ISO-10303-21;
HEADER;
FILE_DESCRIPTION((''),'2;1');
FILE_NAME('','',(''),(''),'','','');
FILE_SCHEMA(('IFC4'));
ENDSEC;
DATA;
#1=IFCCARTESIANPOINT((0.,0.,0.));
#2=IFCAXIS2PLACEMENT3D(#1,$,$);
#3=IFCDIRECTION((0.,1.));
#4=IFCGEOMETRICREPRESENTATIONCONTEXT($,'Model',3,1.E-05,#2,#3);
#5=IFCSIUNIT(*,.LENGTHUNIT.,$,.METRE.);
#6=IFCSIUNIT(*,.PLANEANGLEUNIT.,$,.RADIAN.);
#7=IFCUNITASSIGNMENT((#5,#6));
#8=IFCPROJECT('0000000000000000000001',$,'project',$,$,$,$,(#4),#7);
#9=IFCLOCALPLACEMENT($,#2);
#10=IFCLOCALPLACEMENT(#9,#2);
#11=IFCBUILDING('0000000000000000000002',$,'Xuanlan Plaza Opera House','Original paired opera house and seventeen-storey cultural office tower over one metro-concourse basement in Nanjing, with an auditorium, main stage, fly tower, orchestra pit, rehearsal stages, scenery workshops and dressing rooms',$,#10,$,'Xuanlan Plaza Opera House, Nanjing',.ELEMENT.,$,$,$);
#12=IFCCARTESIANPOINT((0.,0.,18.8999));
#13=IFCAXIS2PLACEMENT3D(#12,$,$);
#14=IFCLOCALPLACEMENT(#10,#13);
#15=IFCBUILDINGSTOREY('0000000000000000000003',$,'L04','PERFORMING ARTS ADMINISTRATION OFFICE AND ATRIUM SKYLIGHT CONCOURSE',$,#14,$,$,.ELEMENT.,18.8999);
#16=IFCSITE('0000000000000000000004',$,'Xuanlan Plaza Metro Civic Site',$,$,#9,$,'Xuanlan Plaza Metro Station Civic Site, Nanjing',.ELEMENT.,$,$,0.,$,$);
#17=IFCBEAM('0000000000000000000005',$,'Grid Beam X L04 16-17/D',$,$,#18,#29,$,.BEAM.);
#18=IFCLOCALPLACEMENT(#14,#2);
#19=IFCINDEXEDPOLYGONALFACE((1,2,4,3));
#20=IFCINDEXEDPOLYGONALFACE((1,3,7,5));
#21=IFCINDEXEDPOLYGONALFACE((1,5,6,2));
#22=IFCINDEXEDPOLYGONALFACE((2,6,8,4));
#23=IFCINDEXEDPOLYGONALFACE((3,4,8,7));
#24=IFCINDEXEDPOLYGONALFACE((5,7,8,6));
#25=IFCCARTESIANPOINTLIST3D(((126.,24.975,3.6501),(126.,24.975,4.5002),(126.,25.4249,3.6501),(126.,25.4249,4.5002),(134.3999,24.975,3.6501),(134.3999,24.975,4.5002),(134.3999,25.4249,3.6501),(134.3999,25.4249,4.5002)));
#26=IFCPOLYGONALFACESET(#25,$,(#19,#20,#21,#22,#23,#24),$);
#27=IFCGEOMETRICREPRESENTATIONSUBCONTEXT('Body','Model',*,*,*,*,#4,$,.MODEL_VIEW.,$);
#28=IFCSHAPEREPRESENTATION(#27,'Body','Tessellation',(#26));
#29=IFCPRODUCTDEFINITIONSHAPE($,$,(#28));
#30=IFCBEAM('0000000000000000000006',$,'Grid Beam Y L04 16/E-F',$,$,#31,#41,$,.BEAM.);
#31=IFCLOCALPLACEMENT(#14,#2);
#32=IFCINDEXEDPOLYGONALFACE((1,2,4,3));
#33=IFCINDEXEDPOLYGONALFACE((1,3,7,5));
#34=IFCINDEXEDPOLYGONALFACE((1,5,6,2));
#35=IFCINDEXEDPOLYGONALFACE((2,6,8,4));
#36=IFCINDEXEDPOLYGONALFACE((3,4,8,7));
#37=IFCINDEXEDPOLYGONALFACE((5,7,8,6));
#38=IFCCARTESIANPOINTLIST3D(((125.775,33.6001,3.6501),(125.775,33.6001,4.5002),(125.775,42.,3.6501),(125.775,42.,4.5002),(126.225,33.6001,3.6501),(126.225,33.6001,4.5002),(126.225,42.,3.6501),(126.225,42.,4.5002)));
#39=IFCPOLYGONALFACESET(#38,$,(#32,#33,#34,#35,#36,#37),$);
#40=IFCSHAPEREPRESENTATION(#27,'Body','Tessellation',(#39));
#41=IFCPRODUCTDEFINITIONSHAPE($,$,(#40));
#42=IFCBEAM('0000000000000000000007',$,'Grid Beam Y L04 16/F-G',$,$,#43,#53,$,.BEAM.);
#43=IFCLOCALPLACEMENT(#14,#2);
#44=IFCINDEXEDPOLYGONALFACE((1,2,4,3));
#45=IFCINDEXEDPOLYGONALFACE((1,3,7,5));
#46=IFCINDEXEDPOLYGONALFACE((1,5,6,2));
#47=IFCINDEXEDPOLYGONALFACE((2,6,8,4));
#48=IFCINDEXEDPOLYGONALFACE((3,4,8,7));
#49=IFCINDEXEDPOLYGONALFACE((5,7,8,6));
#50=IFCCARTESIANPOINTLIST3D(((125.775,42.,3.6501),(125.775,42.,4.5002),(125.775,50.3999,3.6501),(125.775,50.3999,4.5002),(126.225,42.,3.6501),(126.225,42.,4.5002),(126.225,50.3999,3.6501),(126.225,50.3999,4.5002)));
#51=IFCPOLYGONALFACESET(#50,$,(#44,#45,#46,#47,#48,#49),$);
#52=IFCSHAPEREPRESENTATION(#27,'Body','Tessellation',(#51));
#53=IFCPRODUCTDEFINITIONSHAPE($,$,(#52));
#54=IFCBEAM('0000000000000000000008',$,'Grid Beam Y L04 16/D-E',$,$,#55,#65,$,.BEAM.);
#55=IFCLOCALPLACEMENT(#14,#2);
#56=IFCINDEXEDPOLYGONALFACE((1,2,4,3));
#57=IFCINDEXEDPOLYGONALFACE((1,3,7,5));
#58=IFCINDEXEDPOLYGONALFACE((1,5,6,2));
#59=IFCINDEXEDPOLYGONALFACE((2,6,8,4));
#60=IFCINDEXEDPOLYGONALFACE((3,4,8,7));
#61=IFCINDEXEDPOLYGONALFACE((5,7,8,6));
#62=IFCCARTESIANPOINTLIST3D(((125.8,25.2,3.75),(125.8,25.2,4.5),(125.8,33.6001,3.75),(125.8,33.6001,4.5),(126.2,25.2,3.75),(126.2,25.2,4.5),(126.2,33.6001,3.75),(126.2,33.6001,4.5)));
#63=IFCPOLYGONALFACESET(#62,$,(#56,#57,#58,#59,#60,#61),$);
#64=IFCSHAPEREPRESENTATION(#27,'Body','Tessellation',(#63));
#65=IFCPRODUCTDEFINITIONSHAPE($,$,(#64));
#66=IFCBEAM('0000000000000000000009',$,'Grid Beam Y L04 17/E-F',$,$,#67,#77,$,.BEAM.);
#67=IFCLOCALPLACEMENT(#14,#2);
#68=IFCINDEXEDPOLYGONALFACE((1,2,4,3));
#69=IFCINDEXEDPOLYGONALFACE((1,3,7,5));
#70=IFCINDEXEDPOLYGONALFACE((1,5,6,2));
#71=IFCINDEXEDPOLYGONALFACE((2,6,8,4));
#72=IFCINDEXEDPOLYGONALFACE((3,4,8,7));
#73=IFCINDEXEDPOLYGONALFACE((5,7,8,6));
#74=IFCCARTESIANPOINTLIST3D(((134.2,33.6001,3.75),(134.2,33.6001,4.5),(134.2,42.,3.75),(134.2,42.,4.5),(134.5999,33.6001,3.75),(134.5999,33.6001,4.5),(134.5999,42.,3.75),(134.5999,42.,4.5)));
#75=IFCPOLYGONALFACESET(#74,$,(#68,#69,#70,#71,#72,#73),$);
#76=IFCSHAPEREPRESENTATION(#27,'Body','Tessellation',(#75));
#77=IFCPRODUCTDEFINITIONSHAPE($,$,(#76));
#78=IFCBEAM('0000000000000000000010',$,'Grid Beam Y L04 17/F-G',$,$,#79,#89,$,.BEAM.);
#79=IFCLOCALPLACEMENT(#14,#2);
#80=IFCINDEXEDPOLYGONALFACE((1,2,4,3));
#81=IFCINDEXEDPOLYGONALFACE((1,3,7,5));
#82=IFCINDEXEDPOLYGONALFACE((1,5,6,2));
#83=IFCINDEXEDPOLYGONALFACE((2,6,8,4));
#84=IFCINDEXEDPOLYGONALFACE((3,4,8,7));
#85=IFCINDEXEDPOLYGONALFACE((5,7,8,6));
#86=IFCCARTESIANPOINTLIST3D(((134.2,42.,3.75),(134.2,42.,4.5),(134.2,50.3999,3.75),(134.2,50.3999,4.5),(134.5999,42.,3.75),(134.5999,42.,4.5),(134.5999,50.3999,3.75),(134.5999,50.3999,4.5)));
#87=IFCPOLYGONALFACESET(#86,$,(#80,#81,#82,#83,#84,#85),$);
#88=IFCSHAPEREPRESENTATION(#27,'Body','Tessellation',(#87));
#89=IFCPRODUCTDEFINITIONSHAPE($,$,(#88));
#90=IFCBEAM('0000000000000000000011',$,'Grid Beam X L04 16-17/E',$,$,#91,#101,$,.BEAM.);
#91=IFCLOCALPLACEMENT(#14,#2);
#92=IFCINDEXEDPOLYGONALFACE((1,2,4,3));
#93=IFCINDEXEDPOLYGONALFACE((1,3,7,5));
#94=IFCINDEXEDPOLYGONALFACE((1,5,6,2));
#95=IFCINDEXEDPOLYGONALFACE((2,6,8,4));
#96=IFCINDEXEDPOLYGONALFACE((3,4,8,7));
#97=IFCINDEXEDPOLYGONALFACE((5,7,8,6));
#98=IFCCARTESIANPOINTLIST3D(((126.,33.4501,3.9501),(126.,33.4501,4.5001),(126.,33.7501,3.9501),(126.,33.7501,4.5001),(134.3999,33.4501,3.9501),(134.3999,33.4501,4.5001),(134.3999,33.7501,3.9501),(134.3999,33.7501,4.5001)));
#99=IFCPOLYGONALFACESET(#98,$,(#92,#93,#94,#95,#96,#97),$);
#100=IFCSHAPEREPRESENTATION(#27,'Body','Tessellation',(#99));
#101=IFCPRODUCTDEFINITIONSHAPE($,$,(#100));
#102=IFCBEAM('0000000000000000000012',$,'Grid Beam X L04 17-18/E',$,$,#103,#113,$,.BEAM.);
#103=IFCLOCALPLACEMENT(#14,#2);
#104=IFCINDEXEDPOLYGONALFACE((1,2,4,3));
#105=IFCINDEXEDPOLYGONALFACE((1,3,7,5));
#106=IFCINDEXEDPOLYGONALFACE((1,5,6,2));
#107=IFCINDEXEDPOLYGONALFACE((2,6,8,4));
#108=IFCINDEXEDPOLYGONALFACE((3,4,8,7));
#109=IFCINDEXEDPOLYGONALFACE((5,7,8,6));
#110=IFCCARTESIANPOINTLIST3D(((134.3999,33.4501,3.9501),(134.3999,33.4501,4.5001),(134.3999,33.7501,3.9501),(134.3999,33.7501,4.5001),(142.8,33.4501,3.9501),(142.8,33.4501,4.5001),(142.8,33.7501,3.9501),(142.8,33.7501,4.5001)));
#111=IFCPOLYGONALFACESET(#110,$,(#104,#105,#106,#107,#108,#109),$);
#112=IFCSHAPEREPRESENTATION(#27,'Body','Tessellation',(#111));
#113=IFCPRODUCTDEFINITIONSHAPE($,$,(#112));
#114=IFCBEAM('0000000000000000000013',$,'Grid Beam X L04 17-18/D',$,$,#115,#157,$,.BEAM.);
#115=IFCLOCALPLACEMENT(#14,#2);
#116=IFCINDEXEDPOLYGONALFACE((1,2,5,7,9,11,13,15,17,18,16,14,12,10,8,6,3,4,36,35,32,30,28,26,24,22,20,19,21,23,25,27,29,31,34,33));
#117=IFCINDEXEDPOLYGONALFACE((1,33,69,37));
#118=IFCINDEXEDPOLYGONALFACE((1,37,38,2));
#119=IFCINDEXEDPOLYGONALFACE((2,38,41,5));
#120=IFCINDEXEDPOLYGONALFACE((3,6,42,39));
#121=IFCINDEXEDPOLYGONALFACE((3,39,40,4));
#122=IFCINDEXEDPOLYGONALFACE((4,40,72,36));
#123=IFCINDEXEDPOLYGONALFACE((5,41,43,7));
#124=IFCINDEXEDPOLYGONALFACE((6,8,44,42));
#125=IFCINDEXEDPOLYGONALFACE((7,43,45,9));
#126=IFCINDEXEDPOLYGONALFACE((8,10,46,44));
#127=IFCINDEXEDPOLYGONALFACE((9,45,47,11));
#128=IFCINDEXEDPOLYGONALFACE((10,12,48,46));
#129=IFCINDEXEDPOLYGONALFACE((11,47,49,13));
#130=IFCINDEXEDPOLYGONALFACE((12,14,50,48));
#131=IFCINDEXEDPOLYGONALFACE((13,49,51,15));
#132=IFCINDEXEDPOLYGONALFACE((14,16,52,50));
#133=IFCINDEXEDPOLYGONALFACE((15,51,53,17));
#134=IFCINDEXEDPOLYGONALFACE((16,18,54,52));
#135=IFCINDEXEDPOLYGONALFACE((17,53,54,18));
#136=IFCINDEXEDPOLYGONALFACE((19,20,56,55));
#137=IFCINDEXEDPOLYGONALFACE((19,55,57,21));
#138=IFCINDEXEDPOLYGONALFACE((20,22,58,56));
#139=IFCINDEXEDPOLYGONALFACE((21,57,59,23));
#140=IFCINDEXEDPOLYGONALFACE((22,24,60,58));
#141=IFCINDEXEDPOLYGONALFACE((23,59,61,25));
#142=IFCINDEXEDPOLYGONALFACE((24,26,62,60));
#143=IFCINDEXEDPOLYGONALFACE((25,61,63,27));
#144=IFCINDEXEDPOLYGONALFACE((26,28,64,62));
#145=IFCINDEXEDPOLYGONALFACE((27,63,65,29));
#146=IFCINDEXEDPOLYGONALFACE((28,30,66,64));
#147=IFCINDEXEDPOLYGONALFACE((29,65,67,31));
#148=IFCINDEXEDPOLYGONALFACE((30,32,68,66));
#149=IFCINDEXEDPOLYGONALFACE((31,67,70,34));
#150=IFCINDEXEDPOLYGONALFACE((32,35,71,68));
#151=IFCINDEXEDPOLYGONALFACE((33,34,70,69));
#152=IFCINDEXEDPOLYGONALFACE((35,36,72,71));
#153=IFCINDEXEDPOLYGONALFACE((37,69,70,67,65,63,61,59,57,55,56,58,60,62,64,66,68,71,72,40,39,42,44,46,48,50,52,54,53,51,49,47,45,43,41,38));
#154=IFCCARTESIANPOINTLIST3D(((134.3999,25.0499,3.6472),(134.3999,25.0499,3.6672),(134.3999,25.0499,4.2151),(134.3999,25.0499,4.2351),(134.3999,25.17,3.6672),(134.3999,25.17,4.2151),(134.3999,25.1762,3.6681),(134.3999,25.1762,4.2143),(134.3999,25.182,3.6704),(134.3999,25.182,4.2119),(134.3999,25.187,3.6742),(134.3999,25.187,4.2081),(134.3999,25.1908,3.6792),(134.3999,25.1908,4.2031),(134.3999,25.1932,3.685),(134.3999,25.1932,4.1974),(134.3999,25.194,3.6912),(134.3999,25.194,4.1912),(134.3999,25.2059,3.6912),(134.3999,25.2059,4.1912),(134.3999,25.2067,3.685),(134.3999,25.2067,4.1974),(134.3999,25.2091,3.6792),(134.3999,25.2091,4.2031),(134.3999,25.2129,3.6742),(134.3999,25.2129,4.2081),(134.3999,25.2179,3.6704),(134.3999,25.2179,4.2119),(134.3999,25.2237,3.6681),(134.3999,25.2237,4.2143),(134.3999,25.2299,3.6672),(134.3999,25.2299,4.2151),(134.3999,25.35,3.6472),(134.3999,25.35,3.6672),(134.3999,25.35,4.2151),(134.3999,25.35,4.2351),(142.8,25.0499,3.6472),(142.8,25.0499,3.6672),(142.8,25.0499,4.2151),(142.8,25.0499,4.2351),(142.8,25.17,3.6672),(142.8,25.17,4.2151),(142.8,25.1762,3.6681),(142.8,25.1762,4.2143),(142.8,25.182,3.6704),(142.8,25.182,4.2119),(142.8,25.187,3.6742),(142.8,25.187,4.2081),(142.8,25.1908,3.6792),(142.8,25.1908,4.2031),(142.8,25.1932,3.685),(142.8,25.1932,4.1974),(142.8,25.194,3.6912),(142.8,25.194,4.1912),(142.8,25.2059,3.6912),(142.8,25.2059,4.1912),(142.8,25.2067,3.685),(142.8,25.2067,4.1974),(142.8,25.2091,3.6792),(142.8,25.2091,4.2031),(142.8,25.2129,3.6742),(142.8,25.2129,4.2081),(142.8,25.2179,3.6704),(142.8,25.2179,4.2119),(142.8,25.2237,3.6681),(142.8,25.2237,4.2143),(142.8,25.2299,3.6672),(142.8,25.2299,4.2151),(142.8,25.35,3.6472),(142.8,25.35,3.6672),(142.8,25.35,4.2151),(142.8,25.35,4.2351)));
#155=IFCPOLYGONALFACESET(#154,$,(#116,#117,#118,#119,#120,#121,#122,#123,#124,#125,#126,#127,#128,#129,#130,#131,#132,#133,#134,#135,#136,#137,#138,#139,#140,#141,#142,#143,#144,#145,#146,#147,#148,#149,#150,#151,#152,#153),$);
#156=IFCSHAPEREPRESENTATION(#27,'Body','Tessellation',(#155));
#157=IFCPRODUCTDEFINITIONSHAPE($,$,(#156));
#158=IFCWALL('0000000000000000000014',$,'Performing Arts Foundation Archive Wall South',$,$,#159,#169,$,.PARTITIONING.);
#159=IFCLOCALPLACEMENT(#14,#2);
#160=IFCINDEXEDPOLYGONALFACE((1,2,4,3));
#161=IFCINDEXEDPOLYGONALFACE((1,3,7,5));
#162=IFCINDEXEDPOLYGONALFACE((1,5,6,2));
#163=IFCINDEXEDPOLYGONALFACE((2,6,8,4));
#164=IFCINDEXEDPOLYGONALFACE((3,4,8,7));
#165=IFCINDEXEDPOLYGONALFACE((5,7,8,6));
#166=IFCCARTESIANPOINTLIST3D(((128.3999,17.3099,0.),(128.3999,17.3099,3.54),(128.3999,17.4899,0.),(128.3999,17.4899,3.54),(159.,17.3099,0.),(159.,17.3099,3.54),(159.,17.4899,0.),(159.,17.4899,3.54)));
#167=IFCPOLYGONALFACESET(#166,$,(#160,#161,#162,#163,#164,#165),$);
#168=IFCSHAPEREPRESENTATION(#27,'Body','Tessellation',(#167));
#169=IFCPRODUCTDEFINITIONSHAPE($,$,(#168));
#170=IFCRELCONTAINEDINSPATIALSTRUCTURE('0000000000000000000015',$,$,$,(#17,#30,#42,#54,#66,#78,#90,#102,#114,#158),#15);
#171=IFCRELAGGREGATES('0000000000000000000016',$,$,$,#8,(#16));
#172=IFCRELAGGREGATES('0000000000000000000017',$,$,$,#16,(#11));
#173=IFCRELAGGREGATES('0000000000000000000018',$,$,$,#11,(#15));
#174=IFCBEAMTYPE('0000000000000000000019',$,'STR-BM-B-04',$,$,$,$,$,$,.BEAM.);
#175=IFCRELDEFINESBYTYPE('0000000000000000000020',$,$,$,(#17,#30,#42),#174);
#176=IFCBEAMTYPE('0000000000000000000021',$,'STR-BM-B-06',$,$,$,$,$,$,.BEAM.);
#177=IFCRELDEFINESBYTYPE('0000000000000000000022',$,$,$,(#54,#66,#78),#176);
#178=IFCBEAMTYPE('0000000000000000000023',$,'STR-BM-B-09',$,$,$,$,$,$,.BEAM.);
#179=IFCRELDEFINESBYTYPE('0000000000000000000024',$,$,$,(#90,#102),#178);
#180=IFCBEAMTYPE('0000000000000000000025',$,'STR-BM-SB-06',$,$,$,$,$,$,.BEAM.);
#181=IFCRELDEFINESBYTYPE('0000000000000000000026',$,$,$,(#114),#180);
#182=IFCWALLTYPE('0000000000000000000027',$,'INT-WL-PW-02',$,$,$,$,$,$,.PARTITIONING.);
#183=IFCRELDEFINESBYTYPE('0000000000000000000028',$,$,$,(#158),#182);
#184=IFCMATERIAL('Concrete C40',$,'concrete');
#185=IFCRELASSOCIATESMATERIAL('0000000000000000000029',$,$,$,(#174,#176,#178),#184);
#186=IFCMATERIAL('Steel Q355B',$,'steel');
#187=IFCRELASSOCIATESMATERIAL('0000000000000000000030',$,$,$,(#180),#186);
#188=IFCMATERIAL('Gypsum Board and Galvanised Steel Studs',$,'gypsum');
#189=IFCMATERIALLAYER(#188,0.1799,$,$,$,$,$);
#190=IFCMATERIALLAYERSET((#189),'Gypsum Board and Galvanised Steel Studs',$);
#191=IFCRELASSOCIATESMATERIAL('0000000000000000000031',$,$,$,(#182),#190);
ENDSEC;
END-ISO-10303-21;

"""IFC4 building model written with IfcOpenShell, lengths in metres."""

from ifc_helpers import new_model, si_unit, direction, frame, frame_2d, origin, origin_2d, place, context, subcontext, project, spatial, rectangle, i_section, extrude, material, layer, layer_set, material_profile, profile_set, type_object, element, save


model = new_model("IFC4")

# Units and contexts
model_context = context("Model", 3, precision=1e-05, world=origin(), true_north=direction((0.0, 1.0)))
body_context = subcontext(model_context, "Body", "Model", "MODEL_VIEW")
ifc_project = project(units=[si_unit("LENGTHUNIT", "METRE"), si_unit("PLANEANGLEUNIT", "RADIAN")], contexts=[model_context])

# Site, building, storey
site_placement = place(None, origin())
site = spatial("IfcSite", under=ifc_project, at=site_placement, Name="Xuanlan Plaza Metro Civic Site", LongName="Xuanlan Plaza Metro Station Civic Site, Nanjing", CompositionType="ELEMENT", RefElevation=0.0)
building_placement = place(site_placement, origin())
building = spatial("IfcBuilding", under=site, at=building_placement, Name="Xuanlan Plaza Opera House", Description="Original paired opera house and seventeen-storey cultural office tower over one metro-concourse basement in Nanjing, with an auditorium, main stage, fly tower, orchestra pit, rehearsal stages, scenery workshops and dressing rooms", LongName="Xuanlan Plaza Opera House, Nanjing", CompositionType="ELEMENT")
storey_placement = place(building_placement, frame((0.0, 0.0, 18.8999)))
storey = spatial("IfcBuildingStorey", under=building, at=storey_placement, Name="L04", Description="PERFORMING ARTS ADMINISTRATION OFFICE AND ATRIUM SKYLIGHT CONCOURSE", CompositionType="ELEMENT", Elevation=18.8999)

# Shared definitions
ifc_material_1 = material(Name="Concrete C40", Category="concrete")
ifc_material_2 = material(Name="Steel Q355B", Category="steel")

# Beams
ifc_material_profile_1 = material_profile(ifc_material_1, rectangle(XDim=0.45, YDim=0.8501, at=origin_2d()), Name="RC-BM 450x850")
ifc_profile_set_1 = profile_set([ifc_material_profile_1], Name="Concrete C40")
beam_type_1 = type_object("IfcBeamType", Name="STR-BM-B-04", PredefinedType="BEAM", material=ifc_profile_set_1)
for number, where, z_axis, x_axis, name in (
    (1, (126.0, 25.2, 4.0752), (1.0, 0.0, 0.0), (0.0, 1.0, 0.0), "Grid Beam X L04 16-17/D"),
    (2, (126.0, 33.6001, 4.0752), (0.0, 1.0, 0.0), (-1.0, 0.0, 0.0), "Grid Beam Y L04 16/E-F"),
    (3, (126.0, 42.0, 4.0752), (0.0, 1.0, 0.0), (-1.0, 0.0, 0.0), "Grid Beam Y L04 16/F-G"),
):
    element("IfcBeam", number, at=place(storey_placement, frame(where, z_axis=z_axis, x_axis=x_axis)), inside=storey, type_object=beam_type_1, Name=name, PredefinedType="BEAM", context=body_context, shape_type="SweptSolid", body=[
        extrude(rectangle(XDim=0.45, YDim=0.8501, at=origin_2d()), origin(), (0.0, 0.0, 1.0), 8.3999),
    ])
ifc_material_profile_2 = material_profile(ifc_material_1, rectangle(XDim=0.3999, YDim=0.75, at=origin_2d()), Name="RC-BM 400x750")
ifc_profile_set_2 = profile_set([ifc_material_profile_2], Name="Concrete C40")
beam_type_2 = type_object("IfcBeamType", Name="STR-BM-B-06", PredefinedType="BEAM", material=ifc_profile_set_2)
beam_1_placement = place(storey_placement, frame((126.0, 25.2, 4.125), z_axis=(0.0, 1.0, 0.0), x_axis=(-1.0, 0.0, 0.0)))
element("IfcBeam", 4, at=beam_1_placement, inside=storey, type_object=beam_type_2, Name="Grid Beam Y L04 16/D-E", PredefinedType="BEAM", context=body_context, shape_type="SweptSolid", body=[
    extrude(rectangle(XDim=0.3999, YDim=0.75, at=origin_2d()), origin(), (0.0, 0.0, 1.0), 8.4001),
])
for number, where, z_axis, x_axis, name in (
    (5, (134.3999, 33.6001, 4.125), (0.0, 1.0, 0.0), (-1.0, 0.0, 0.0), "Grid Beam Y L04 17/E-F"),
    (6, (134.3999, 42.0, 4.125), (0.0, 1.0, 0.0), (-1.0, 0.0, 0.0), "Grid Beam Y L04 17/F-G"),
):
    element("IfcBeam", number, at=place(storey_placement, frame(where, z_axis=z_axis, x_axis=x_axis)), inside=storey, type_object=beam_type_2, Name=name, PredefinedType="BEAM", context=body_context, shape_type="SweptSolid", body=[
        extrude(rectangle(XDim=0.3999, YDim=0.75, at=origin_2d()), origin(), (0.0, 0.0, 1.0), 8.3999),
    ])
ifc_material_profile_3 = material_profile(ifc_material_1, rectangle(XDim=0.3, YDim=0.55, at=origin_2d()), Name="RC-BM 300x550")
ifc_profile_set_3 = profile_set([ifc_material_profile_3], Name="Concrete C40")
beam_type_3 = type_object("IfcBeamType", Name="STR-BM-B-09", PredefinedType="BEAM", material=ifc_profile_set_3)
beam_2_placement = place(storey_placement, frame((126.0, 33.6001, 4.2251), z_axis=(1.0, 0.0, 0.0), x_axis=(0.0, 1.0, 0.0)))
element("IfcBeam", 7, at=beam_2_placement, inside=storey, type_object=beam_type_3, Name="Grid Beam X L04 16-17/E", PredefinedType="BEAM", context=body_context, shape_type="SweptSolid", body=[
    extrude(rectangle(XDim=0.3, YDim=0.55, at=origin_2d()), origin(), (0.0, 0.0, 1.0), 8.3999),
])
beam_3_placement = place(storey_placement, frame((134.3999, 33.6001, 4.2251), z_axis=(1.0, 0.0, 0.0), x_axis=(0.0, 1.0, 0.0)))
element("IfcBeam", 8, at=beam_3_placement, inside=storey, type_object=beam_type_3, Name="Grid Beam X L04 17-18/E", PredefinedType="BEAM", context=body_context, shape_type="SweptSolid", body=[
    extrude(rectangle(XDim=0.3, YDim=0.55, at=origin_2d()), origin(), (0.0, 0.0, 1.0), 8.4001),
])
ifc_material_profile_4 = material_profile(ifc_material_2, i_section(OverallWidth=0.3, OverallDepth=0.5879, WebThickness=0.012, FlangeThickness=0.02, FilletRadius=0.0239, at=origin_2d()), Name="HM 588x300x12x20")
ifc_profile_set_4 = profile_set([ifc_material_profile_4], Name="Steel Q355B")
beam_type_4 = type_object("IfcBeamType", Name="STR-BM-SB-06", PredefinedType="BEAM", material=ifc_profile_set_4)
beam_4_placement = place(storey_placement, frame((134.3999, 25.2, 3.9412), z_axis=(1.0, 0.0, 0.0), x_axis=(0.0, 1.0, 0.0)))
element("IfcBeam", 9, at=beam_4_placement, inside=storey, type_object=beam_type_4, Name="Grid Beam X L04 17-18/D", PredefinedType="BEAM", context=body_context, shape_type="SweptSolid", body=[
    extrude(i_section(OverallWidth=0.3, OverallDepth=0.5879, WebThickness=0.012, FlangeThickness=0.02, FilletRadius=0.0239, at=origin_2d()), origin(), (0.0, 0.0, 1.0), 8.4001),
])

# Wall
ifc_material_3 = material(Name="Gypsum Board and Galvanised Steel Studs", Category="gypsum")
ifc_layer_1 = layer(ifc_material_3, 0.1799)
ifc_layer_set_1 = layer_set([ifc_layer_1], Name="Gypsum Board and Galvanised Steel Studs")
wall_type_1 = type_object("IfcWallType", Name="INT-WL-PW-02", PredefinedType="PARTITIONING", material=ifc_layer_set_1)
wall_1_placement = place(storey_placement, frame((128.3999, 17.3999, 0.0), z_axis=(0.0, 0.0, 1.0), x_axis=(1.0, 0.0, 0.0)))
element("IfcWall", 10, at=wall_1_placement, inside=storey, type_object=wall_type_1, Name="Performing Arts Foundation Archive Wall South", PredefinedType="PARTITIONING", context=body_context, shape_type="SweptSolid", body=[
    extrude(rectangle(XDim=30.6001, YDim=0.1799, at=frame_2d((15.3, 0.0))), origin(), (0.0, 0.0, 1.0), 3.54),
])

save(model, "model.ifc")
